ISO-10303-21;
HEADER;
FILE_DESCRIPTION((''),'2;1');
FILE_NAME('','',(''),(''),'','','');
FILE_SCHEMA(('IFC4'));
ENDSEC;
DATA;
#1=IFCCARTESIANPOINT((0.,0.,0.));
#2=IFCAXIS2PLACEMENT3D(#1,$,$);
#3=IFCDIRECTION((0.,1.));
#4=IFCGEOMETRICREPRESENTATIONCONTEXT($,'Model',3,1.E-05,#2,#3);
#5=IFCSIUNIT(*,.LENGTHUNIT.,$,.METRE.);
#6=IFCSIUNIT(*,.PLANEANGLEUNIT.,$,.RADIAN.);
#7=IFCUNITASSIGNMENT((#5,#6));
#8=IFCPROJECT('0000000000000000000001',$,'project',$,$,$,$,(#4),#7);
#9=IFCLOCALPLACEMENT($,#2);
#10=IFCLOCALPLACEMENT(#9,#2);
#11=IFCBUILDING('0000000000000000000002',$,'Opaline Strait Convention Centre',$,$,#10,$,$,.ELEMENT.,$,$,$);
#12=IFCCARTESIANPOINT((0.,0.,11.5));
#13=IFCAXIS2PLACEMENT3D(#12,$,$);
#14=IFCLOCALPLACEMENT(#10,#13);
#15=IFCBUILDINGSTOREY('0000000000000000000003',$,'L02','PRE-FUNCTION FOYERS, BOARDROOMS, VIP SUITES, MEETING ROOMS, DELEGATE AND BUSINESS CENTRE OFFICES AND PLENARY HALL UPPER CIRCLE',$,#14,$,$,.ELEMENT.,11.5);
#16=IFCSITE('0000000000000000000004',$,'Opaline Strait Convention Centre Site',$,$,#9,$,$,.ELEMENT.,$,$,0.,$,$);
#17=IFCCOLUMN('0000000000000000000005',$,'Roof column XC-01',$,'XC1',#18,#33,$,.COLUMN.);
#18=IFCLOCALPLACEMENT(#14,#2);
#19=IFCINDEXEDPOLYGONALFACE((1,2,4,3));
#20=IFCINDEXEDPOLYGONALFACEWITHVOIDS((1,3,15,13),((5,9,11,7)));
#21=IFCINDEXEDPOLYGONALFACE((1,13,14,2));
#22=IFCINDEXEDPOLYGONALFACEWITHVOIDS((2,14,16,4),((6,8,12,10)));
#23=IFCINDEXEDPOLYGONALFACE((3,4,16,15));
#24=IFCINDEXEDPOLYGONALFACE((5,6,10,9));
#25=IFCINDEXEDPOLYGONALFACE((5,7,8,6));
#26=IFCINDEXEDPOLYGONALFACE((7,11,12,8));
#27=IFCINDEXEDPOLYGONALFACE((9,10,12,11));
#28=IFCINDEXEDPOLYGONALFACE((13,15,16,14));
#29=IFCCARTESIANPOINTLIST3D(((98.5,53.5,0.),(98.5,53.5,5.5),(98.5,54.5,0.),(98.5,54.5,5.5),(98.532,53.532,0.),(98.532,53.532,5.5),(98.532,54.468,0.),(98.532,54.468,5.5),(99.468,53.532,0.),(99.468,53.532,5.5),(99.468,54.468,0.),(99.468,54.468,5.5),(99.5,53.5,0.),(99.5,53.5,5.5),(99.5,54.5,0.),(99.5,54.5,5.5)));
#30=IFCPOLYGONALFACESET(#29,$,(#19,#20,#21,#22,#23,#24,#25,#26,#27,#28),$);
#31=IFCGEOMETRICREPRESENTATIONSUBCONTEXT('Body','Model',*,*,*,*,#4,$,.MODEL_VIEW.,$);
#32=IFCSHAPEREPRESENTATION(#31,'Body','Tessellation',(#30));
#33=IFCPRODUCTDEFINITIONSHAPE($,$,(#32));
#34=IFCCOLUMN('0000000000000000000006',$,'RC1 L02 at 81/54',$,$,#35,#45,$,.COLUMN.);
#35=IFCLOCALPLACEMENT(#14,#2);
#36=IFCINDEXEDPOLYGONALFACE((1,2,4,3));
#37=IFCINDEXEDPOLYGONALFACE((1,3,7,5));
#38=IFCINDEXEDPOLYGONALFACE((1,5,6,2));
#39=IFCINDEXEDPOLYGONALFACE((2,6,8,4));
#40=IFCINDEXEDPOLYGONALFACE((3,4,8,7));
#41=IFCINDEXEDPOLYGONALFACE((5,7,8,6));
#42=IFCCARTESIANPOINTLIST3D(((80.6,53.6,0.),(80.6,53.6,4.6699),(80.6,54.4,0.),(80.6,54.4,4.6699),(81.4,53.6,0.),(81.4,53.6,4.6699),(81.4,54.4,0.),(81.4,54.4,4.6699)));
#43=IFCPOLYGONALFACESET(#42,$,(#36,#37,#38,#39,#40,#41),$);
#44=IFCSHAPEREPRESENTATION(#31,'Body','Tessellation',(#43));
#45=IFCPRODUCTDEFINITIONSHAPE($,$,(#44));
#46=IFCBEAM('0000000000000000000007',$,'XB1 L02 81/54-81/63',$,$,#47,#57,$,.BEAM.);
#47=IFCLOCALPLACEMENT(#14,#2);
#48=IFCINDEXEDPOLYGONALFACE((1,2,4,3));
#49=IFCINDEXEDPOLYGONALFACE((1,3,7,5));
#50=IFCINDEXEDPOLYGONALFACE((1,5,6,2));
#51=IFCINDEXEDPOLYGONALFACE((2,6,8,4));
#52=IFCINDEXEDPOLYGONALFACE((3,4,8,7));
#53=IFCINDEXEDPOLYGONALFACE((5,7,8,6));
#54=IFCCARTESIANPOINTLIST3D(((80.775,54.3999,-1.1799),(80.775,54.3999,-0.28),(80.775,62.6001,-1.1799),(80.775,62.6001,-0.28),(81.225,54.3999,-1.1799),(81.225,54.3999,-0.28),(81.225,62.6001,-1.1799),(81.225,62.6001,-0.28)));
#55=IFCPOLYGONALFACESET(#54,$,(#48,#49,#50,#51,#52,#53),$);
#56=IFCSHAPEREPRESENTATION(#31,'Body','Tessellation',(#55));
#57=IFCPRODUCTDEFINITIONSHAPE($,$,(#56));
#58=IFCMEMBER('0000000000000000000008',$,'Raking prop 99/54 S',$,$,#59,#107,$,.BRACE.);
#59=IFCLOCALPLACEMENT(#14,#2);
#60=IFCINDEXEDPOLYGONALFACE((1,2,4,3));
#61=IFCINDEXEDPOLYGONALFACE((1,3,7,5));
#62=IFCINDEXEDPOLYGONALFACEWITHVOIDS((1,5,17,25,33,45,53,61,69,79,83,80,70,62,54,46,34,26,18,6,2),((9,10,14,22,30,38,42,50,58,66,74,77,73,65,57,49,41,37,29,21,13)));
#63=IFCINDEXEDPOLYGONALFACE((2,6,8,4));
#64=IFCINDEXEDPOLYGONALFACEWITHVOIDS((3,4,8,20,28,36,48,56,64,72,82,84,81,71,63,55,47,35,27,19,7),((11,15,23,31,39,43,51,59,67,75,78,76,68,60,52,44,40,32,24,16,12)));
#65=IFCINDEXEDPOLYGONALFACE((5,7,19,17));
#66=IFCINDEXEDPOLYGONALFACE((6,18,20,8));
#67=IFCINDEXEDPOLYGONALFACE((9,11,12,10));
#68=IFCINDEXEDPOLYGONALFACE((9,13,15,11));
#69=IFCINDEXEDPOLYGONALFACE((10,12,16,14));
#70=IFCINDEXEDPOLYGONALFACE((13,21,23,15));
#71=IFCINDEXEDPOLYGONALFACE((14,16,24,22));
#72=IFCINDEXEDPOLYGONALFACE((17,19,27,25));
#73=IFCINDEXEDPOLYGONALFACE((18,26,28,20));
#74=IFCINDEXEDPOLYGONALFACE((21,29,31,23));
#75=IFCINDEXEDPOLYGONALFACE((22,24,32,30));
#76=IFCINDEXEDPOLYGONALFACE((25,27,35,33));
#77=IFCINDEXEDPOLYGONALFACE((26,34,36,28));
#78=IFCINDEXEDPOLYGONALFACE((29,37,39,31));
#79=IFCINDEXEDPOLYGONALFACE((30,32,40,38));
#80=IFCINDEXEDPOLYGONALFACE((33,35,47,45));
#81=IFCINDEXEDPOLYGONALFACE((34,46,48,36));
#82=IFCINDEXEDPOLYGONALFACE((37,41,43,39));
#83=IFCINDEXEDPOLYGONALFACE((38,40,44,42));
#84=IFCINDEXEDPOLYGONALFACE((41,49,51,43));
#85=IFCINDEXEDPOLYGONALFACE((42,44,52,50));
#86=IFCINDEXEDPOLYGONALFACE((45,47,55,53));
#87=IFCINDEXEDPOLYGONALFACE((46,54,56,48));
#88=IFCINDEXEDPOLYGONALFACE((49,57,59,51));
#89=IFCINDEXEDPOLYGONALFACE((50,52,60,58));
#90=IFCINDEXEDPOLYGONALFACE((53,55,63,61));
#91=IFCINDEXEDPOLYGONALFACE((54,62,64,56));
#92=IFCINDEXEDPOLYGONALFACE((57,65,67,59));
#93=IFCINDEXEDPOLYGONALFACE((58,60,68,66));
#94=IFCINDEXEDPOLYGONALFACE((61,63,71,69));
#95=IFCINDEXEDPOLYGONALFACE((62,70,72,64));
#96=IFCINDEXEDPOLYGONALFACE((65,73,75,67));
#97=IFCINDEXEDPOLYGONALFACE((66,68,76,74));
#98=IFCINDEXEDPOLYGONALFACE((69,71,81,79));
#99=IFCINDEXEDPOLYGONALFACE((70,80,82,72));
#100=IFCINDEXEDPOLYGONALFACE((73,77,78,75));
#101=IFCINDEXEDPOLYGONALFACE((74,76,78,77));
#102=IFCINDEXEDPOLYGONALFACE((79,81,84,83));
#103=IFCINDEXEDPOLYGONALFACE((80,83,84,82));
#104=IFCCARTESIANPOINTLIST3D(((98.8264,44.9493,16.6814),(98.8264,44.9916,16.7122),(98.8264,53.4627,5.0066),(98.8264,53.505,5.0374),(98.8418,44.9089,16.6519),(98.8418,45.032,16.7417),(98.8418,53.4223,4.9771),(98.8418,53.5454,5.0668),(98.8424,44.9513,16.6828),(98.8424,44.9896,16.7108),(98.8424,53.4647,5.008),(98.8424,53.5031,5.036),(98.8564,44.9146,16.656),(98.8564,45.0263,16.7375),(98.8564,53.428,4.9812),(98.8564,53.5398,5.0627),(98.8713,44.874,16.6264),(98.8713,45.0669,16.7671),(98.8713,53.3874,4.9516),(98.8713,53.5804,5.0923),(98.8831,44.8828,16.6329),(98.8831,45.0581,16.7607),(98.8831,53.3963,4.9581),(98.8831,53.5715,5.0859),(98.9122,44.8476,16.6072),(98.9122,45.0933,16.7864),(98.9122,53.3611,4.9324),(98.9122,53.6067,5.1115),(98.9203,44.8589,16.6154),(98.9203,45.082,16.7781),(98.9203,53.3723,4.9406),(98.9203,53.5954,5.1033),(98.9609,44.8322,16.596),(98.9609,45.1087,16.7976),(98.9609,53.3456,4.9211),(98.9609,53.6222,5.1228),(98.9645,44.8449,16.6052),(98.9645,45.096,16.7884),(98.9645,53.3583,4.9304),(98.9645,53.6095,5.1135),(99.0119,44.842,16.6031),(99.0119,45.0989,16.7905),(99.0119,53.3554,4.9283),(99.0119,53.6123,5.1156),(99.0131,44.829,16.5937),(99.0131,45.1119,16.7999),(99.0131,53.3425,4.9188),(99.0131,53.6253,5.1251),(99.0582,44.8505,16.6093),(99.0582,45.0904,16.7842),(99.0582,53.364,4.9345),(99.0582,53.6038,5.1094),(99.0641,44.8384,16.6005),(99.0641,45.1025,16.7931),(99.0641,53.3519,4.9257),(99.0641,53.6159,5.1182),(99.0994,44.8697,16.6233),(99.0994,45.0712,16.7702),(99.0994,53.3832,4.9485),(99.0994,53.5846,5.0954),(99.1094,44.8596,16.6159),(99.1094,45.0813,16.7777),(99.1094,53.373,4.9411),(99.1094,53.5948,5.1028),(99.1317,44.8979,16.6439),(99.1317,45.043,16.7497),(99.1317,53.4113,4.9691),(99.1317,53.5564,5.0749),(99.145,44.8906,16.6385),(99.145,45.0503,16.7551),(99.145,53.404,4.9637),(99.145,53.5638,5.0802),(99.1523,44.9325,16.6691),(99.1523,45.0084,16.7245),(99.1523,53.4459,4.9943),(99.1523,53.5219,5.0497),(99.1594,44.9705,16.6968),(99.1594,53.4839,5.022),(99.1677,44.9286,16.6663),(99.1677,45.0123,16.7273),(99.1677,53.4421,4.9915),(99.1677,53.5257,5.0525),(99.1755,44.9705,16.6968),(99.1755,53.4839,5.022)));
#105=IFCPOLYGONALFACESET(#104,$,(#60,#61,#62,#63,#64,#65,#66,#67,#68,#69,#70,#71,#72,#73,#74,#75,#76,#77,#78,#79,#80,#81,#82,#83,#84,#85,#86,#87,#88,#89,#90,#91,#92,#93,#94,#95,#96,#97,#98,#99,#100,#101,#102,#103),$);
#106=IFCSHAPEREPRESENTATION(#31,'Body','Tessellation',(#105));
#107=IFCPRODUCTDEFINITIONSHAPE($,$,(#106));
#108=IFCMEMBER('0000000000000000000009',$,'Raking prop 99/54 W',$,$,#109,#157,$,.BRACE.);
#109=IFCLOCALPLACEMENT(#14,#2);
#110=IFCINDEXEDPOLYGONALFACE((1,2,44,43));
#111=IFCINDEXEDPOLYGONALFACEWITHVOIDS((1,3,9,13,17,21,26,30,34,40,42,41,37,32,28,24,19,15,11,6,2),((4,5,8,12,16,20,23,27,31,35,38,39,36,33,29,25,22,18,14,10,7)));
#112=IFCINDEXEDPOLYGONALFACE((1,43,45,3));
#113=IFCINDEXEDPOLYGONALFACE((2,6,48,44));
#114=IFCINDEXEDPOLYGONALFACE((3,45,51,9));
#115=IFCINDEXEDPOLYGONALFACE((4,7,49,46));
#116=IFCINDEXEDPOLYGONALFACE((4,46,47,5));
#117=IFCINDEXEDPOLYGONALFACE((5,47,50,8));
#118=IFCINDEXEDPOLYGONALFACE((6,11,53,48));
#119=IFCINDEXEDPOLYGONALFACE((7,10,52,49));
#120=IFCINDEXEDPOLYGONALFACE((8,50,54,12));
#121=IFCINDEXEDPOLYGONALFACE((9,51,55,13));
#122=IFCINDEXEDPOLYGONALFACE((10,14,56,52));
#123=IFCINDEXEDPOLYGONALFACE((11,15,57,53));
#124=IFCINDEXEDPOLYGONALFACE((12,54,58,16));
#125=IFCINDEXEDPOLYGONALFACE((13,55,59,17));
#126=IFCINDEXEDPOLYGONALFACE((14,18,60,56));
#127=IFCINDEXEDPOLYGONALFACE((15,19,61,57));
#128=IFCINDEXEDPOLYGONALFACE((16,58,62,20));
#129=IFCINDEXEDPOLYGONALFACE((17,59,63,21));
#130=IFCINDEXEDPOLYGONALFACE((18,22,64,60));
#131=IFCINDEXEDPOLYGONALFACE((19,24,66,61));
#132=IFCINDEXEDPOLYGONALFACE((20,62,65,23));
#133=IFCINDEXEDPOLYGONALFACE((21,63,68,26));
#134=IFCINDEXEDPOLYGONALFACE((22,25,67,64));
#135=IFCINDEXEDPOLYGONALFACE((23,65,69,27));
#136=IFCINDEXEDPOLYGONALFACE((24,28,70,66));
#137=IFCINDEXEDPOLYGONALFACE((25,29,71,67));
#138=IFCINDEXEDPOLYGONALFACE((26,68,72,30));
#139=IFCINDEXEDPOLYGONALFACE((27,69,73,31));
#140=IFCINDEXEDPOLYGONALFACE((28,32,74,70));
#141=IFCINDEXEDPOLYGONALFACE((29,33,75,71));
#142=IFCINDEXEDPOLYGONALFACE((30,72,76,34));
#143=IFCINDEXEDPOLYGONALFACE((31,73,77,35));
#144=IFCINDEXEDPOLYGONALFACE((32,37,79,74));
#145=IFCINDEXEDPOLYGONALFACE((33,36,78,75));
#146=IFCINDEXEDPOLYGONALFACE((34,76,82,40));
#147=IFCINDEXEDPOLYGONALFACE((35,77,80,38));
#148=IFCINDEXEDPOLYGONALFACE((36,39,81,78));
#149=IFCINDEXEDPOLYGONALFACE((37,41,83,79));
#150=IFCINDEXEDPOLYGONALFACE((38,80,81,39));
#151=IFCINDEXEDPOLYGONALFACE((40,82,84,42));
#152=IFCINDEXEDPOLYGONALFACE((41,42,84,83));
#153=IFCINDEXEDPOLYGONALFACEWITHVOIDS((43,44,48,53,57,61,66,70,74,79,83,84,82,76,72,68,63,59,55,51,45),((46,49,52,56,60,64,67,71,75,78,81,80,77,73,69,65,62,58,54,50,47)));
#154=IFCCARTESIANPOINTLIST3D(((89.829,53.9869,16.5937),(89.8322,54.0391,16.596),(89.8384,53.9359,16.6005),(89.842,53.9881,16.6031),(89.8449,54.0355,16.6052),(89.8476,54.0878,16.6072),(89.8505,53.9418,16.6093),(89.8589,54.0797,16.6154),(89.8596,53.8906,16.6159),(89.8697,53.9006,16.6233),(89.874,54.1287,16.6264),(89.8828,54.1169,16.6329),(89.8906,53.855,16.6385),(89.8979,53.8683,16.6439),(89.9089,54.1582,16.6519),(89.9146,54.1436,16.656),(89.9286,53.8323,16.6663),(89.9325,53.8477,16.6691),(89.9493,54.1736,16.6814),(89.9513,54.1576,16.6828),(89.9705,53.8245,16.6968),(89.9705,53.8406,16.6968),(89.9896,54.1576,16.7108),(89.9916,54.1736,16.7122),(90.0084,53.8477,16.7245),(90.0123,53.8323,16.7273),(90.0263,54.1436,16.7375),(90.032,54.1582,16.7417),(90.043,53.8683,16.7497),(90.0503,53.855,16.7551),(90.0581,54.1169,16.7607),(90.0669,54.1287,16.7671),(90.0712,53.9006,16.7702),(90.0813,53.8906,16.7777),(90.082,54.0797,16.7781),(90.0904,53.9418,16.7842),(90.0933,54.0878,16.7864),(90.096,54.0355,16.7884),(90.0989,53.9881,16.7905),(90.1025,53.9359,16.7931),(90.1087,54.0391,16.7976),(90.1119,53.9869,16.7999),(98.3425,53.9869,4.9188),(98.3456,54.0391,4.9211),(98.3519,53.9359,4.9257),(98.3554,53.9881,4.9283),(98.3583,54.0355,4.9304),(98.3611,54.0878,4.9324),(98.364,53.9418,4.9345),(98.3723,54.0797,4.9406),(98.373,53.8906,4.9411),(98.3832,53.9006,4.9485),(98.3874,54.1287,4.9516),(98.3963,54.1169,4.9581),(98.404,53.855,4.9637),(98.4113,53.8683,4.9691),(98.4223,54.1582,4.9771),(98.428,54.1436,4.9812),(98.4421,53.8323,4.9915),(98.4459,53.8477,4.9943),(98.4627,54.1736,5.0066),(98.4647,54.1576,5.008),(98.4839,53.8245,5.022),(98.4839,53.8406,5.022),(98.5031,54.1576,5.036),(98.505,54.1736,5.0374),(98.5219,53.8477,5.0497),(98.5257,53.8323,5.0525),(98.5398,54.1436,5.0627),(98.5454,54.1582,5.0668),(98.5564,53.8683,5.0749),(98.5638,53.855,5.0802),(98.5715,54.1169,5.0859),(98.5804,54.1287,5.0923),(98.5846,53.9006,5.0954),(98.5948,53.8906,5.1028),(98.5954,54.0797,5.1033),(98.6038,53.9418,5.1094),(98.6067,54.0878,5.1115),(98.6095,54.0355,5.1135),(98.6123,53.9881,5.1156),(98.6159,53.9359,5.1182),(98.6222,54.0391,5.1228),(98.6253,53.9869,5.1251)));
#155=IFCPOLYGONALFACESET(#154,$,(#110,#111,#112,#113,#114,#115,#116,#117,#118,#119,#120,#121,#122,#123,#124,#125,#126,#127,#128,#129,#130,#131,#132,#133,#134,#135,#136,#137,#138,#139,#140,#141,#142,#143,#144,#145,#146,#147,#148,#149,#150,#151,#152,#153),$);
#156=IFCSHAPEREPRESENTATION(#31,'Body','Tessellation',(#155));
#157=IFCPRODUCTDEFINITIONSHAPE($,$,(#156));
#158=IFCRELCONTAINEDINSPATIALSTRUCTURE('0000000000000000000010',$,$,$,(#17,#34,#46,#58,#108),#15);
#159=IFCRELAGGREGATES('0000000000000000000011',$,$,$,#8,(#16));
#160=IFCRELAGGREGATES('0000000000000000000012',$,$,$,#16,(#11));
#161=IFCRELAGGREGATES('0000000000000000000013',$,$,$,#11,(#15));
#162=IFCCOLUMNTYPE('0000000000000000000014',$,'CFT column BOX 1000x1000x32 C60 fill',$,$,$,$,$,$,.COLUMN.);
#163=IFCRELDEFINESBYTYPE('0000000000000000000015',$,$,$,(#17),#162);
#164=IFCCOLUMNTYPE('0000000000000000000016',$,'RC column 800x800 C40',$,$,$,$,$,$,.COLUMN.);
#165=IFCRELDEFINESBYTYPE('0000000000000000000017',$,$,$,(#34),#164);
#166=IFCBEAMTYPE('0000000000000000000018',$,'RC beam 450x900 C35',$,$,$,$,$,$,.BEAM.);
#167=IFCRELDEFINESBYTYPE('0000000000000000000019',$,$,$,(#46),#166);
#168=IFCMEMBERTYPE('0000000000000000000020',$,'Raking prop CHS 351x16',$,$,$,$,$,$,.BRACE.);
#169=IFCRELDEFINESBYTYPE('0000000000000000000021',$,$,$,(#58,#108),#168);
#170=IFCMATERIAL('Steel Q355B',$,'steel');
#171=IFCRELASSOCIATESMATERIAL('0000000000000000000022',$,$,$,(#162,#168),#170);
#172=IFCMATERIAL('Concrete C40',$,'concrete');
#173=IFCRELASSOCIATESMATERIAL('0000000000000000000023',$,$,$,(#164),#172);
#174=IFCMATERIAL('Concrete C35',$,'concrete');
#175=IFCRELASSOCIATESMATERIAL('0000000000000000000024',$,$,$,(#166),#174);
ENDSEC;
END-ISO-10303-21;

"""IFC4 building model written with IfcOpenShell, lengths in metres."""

from ifc_helpers import new_model, si_unit, direction, frame, origin, origin_2d, place, context, subcontext, project, spatial, rectangle, hollow_rectangle, hollow_circle, extrude, material, material_profile, profile_set, type_object, element, save


model = new_model("IFC4")

# Units and contexts
model_context = context("Model", 3, precision=1e-05, world=origin(), true_north=direction((0.0, 1.0)))
body_context = subcontext(model_context, "Body", "Model", "MODEL_VIEW")
ifc_project = project(units=[si_unit("LENGTHUNIT", "METRE"), si_unit("PLANEANGLEUNIT", "RADIAN")], contexts=[model_context])

# Site, building, storey
site_placement = place(None, origin())
site = spatial("IfcSite", under=ifc_project, at=site_placement, Name="Opaline Strait Convention Centre Site", CompositionType="ELEMENT", RefElevation=0.0)
building_placement = place(site_placement, origin())
building = spatial("IfcBuilding", under=site, at=building_placement, Name="Opaline Strait Convention Centre", CompositionType="ELEMENT")
storey_placement = place(building_placement, frame((0.0, 0.0, 11.5)))
storey = spatial("IfcBuildingStorey", under=building, at=storey_placement, Name="L02", Description="PRE-FUNCTION FOYERS, BOARDROOMS, VIP SUITES, MEETING ROOMS, DELEGATE AND BUSINESS CENTRE OFFICES AND PLENARY HALL UPPER CIRCLE", CompositionType="ELEMENT", Elevation=11.5)

# Columns
ifc_material_1 = material(Name="Steel Q355B", Category="steel")
ifc_material_profile_1 = material_profile(ifc_material_1, hollow_rectangle(XDim=1.0, YDim=1.0, WallThickness=0.032, at=origin_2d()), Name="BOX 1000x1000x32")
ifc_profile_set_1 = profile_set([ifc_material_profile_1], Name="Steel Q355B")
column_type_1 = type_object("IfcColumnType", Name="CFT column BOX 1000x1000x32 C60 fill", PredefinedType="COLUMN", material=ifc_profile_set_1)
column_1_placement = place(storey_placement, frame((99.0, 54.0, 0.0), z_axis=(0.0, 0.0, 1.0), x_axis=(1.0, 0.0, 0.0)))
element("IfcColumn", 1, at=column_1_placement, inside=storey, type_object=column_type_1, Name="Roof column XC-01", ObjectType="XC1", PredefinedType="COLUMN", context=body_context, shape_type="SweptSolid", body=[
    extrude(hollow_rectangle(XDim=1.0, YDim=1.0, WallThickness=0.032, at=origin_2d()), origin(), (0.0, 0.0, 1.0), 5.5),
])
ifc_material_2 = material(Name="Concrete C40", Category="concrete")
ifc_material_profile_2 = material_profile(ifc_material_2, rectangle(XDim=0.8, YDim=0.8, at=origin_2d()), Name="RC 800x800")
ifc_profile_set_2 = profile_set([ifc_material_profile_2], Name="Concrete C40")
column_type_2 = type_object("IfcColumnType", Name="RC column 800x800 C40", PredefinedType="COLUMN", material=ifc_profile_set_2)
column_2_placement = place(storey_placement, frame((81.0, 54.0, 0.0), z_axis=(0.0, 0.0, 1.0), x_axis=(1.0, 0.0, 0.0)))
element("IfcColumn", 2, at=column_2_placement, inside=storey, type_object=column_type_2, Name="RC1 L02 at 81/54", PredefinedType="COLUMN", context=body_context, shape_type="SweptSolid", body=[
    extrude(rectangle(XDim=0.8, YDim=0.8, at=origin_2d()), origin(), (0.0, 0.0, 1.0), 4.6699),
])

# Beam
ifc_material_3 = material(Name="Concrete C35", Category="concrete")
ifc_material_profile_3 = material_profile(ifc_material_3, rectangle(XDim=0.45, YDim=0.8999, at=origin_2d()), Name="RC 450x900")
ifc_profile_set_3 = profile_set([ifc_material_profile_3], Name="Concrete C35")
beam_type = type_object("IfcBeamType", Name="RC beam 450x900 C35", PredefinedType="BEAM", material=ifc_profile_set_3)
beam_placement = place(storey_placement, frame((81.0, 54.3999, -0.73), z_axis=(0.0, 1.0, 0.0), x_axis=(-1.0, 0.0, 0.0)))
element("IfcBeam", 3, at=beam_placement, inside=storey, type_object=beam_type, Name="XB1 L02 81/54-81/63", PredefinedType="BEAM", context=body_context, shape_type="SweptSolid", body=[
    extrude(rectangle(XDim=0.45, YDim=0.8999, at=origin_2d()), origin(), (0.0, 0.0, 1.0), 8.2002),
])

# Members
ifc_material_profile_4 = material_profile(ifc_material_1, hollow_circle(Radius=0.1755, WallThickness=0.0161, at=origin_2d()), Name="CHS 351x16")
ifc_profile_set_4 = profile_set([ifc_material_profile_4], Name="Steel Q355B")
member_type_1 = type_object("IfcMemberType", Name="Raking prop CHS 351x16", PredefinedType="BRACE", material=ifc_profile_set_4)
for number, where, z_axis, x_axis, name in (
    (4, (99.0, 53.4839, 5.022), (0.0, -0.589197, 0.807989), (1.0, 0.0, 0.0), "Raking prop 99/54 S"),
    (5, (98.4839, 54.0, 5.022), (-0.589197, 0.0, 0.807989), (0.0, -1.0, 0.0), "Raking prop 99/54 W"),
):
    element("IfcMember", number, at=place(storey_placement, frame(where, z_axis=z_axis, x_axis=x_axis)), inside=storey, type_object=member_type_1, Name=name, PredefinedType="BRACE", context=body_context, shape_type="SweptSolid", body=[
        extrude(hollow_circle(Radius=0.1755, WallThickness=0.0161, at=origin_2d()), origin(), (0.0, 0.0, 1.0), 14.4492),
    ])

save(model, "model.ifc")
